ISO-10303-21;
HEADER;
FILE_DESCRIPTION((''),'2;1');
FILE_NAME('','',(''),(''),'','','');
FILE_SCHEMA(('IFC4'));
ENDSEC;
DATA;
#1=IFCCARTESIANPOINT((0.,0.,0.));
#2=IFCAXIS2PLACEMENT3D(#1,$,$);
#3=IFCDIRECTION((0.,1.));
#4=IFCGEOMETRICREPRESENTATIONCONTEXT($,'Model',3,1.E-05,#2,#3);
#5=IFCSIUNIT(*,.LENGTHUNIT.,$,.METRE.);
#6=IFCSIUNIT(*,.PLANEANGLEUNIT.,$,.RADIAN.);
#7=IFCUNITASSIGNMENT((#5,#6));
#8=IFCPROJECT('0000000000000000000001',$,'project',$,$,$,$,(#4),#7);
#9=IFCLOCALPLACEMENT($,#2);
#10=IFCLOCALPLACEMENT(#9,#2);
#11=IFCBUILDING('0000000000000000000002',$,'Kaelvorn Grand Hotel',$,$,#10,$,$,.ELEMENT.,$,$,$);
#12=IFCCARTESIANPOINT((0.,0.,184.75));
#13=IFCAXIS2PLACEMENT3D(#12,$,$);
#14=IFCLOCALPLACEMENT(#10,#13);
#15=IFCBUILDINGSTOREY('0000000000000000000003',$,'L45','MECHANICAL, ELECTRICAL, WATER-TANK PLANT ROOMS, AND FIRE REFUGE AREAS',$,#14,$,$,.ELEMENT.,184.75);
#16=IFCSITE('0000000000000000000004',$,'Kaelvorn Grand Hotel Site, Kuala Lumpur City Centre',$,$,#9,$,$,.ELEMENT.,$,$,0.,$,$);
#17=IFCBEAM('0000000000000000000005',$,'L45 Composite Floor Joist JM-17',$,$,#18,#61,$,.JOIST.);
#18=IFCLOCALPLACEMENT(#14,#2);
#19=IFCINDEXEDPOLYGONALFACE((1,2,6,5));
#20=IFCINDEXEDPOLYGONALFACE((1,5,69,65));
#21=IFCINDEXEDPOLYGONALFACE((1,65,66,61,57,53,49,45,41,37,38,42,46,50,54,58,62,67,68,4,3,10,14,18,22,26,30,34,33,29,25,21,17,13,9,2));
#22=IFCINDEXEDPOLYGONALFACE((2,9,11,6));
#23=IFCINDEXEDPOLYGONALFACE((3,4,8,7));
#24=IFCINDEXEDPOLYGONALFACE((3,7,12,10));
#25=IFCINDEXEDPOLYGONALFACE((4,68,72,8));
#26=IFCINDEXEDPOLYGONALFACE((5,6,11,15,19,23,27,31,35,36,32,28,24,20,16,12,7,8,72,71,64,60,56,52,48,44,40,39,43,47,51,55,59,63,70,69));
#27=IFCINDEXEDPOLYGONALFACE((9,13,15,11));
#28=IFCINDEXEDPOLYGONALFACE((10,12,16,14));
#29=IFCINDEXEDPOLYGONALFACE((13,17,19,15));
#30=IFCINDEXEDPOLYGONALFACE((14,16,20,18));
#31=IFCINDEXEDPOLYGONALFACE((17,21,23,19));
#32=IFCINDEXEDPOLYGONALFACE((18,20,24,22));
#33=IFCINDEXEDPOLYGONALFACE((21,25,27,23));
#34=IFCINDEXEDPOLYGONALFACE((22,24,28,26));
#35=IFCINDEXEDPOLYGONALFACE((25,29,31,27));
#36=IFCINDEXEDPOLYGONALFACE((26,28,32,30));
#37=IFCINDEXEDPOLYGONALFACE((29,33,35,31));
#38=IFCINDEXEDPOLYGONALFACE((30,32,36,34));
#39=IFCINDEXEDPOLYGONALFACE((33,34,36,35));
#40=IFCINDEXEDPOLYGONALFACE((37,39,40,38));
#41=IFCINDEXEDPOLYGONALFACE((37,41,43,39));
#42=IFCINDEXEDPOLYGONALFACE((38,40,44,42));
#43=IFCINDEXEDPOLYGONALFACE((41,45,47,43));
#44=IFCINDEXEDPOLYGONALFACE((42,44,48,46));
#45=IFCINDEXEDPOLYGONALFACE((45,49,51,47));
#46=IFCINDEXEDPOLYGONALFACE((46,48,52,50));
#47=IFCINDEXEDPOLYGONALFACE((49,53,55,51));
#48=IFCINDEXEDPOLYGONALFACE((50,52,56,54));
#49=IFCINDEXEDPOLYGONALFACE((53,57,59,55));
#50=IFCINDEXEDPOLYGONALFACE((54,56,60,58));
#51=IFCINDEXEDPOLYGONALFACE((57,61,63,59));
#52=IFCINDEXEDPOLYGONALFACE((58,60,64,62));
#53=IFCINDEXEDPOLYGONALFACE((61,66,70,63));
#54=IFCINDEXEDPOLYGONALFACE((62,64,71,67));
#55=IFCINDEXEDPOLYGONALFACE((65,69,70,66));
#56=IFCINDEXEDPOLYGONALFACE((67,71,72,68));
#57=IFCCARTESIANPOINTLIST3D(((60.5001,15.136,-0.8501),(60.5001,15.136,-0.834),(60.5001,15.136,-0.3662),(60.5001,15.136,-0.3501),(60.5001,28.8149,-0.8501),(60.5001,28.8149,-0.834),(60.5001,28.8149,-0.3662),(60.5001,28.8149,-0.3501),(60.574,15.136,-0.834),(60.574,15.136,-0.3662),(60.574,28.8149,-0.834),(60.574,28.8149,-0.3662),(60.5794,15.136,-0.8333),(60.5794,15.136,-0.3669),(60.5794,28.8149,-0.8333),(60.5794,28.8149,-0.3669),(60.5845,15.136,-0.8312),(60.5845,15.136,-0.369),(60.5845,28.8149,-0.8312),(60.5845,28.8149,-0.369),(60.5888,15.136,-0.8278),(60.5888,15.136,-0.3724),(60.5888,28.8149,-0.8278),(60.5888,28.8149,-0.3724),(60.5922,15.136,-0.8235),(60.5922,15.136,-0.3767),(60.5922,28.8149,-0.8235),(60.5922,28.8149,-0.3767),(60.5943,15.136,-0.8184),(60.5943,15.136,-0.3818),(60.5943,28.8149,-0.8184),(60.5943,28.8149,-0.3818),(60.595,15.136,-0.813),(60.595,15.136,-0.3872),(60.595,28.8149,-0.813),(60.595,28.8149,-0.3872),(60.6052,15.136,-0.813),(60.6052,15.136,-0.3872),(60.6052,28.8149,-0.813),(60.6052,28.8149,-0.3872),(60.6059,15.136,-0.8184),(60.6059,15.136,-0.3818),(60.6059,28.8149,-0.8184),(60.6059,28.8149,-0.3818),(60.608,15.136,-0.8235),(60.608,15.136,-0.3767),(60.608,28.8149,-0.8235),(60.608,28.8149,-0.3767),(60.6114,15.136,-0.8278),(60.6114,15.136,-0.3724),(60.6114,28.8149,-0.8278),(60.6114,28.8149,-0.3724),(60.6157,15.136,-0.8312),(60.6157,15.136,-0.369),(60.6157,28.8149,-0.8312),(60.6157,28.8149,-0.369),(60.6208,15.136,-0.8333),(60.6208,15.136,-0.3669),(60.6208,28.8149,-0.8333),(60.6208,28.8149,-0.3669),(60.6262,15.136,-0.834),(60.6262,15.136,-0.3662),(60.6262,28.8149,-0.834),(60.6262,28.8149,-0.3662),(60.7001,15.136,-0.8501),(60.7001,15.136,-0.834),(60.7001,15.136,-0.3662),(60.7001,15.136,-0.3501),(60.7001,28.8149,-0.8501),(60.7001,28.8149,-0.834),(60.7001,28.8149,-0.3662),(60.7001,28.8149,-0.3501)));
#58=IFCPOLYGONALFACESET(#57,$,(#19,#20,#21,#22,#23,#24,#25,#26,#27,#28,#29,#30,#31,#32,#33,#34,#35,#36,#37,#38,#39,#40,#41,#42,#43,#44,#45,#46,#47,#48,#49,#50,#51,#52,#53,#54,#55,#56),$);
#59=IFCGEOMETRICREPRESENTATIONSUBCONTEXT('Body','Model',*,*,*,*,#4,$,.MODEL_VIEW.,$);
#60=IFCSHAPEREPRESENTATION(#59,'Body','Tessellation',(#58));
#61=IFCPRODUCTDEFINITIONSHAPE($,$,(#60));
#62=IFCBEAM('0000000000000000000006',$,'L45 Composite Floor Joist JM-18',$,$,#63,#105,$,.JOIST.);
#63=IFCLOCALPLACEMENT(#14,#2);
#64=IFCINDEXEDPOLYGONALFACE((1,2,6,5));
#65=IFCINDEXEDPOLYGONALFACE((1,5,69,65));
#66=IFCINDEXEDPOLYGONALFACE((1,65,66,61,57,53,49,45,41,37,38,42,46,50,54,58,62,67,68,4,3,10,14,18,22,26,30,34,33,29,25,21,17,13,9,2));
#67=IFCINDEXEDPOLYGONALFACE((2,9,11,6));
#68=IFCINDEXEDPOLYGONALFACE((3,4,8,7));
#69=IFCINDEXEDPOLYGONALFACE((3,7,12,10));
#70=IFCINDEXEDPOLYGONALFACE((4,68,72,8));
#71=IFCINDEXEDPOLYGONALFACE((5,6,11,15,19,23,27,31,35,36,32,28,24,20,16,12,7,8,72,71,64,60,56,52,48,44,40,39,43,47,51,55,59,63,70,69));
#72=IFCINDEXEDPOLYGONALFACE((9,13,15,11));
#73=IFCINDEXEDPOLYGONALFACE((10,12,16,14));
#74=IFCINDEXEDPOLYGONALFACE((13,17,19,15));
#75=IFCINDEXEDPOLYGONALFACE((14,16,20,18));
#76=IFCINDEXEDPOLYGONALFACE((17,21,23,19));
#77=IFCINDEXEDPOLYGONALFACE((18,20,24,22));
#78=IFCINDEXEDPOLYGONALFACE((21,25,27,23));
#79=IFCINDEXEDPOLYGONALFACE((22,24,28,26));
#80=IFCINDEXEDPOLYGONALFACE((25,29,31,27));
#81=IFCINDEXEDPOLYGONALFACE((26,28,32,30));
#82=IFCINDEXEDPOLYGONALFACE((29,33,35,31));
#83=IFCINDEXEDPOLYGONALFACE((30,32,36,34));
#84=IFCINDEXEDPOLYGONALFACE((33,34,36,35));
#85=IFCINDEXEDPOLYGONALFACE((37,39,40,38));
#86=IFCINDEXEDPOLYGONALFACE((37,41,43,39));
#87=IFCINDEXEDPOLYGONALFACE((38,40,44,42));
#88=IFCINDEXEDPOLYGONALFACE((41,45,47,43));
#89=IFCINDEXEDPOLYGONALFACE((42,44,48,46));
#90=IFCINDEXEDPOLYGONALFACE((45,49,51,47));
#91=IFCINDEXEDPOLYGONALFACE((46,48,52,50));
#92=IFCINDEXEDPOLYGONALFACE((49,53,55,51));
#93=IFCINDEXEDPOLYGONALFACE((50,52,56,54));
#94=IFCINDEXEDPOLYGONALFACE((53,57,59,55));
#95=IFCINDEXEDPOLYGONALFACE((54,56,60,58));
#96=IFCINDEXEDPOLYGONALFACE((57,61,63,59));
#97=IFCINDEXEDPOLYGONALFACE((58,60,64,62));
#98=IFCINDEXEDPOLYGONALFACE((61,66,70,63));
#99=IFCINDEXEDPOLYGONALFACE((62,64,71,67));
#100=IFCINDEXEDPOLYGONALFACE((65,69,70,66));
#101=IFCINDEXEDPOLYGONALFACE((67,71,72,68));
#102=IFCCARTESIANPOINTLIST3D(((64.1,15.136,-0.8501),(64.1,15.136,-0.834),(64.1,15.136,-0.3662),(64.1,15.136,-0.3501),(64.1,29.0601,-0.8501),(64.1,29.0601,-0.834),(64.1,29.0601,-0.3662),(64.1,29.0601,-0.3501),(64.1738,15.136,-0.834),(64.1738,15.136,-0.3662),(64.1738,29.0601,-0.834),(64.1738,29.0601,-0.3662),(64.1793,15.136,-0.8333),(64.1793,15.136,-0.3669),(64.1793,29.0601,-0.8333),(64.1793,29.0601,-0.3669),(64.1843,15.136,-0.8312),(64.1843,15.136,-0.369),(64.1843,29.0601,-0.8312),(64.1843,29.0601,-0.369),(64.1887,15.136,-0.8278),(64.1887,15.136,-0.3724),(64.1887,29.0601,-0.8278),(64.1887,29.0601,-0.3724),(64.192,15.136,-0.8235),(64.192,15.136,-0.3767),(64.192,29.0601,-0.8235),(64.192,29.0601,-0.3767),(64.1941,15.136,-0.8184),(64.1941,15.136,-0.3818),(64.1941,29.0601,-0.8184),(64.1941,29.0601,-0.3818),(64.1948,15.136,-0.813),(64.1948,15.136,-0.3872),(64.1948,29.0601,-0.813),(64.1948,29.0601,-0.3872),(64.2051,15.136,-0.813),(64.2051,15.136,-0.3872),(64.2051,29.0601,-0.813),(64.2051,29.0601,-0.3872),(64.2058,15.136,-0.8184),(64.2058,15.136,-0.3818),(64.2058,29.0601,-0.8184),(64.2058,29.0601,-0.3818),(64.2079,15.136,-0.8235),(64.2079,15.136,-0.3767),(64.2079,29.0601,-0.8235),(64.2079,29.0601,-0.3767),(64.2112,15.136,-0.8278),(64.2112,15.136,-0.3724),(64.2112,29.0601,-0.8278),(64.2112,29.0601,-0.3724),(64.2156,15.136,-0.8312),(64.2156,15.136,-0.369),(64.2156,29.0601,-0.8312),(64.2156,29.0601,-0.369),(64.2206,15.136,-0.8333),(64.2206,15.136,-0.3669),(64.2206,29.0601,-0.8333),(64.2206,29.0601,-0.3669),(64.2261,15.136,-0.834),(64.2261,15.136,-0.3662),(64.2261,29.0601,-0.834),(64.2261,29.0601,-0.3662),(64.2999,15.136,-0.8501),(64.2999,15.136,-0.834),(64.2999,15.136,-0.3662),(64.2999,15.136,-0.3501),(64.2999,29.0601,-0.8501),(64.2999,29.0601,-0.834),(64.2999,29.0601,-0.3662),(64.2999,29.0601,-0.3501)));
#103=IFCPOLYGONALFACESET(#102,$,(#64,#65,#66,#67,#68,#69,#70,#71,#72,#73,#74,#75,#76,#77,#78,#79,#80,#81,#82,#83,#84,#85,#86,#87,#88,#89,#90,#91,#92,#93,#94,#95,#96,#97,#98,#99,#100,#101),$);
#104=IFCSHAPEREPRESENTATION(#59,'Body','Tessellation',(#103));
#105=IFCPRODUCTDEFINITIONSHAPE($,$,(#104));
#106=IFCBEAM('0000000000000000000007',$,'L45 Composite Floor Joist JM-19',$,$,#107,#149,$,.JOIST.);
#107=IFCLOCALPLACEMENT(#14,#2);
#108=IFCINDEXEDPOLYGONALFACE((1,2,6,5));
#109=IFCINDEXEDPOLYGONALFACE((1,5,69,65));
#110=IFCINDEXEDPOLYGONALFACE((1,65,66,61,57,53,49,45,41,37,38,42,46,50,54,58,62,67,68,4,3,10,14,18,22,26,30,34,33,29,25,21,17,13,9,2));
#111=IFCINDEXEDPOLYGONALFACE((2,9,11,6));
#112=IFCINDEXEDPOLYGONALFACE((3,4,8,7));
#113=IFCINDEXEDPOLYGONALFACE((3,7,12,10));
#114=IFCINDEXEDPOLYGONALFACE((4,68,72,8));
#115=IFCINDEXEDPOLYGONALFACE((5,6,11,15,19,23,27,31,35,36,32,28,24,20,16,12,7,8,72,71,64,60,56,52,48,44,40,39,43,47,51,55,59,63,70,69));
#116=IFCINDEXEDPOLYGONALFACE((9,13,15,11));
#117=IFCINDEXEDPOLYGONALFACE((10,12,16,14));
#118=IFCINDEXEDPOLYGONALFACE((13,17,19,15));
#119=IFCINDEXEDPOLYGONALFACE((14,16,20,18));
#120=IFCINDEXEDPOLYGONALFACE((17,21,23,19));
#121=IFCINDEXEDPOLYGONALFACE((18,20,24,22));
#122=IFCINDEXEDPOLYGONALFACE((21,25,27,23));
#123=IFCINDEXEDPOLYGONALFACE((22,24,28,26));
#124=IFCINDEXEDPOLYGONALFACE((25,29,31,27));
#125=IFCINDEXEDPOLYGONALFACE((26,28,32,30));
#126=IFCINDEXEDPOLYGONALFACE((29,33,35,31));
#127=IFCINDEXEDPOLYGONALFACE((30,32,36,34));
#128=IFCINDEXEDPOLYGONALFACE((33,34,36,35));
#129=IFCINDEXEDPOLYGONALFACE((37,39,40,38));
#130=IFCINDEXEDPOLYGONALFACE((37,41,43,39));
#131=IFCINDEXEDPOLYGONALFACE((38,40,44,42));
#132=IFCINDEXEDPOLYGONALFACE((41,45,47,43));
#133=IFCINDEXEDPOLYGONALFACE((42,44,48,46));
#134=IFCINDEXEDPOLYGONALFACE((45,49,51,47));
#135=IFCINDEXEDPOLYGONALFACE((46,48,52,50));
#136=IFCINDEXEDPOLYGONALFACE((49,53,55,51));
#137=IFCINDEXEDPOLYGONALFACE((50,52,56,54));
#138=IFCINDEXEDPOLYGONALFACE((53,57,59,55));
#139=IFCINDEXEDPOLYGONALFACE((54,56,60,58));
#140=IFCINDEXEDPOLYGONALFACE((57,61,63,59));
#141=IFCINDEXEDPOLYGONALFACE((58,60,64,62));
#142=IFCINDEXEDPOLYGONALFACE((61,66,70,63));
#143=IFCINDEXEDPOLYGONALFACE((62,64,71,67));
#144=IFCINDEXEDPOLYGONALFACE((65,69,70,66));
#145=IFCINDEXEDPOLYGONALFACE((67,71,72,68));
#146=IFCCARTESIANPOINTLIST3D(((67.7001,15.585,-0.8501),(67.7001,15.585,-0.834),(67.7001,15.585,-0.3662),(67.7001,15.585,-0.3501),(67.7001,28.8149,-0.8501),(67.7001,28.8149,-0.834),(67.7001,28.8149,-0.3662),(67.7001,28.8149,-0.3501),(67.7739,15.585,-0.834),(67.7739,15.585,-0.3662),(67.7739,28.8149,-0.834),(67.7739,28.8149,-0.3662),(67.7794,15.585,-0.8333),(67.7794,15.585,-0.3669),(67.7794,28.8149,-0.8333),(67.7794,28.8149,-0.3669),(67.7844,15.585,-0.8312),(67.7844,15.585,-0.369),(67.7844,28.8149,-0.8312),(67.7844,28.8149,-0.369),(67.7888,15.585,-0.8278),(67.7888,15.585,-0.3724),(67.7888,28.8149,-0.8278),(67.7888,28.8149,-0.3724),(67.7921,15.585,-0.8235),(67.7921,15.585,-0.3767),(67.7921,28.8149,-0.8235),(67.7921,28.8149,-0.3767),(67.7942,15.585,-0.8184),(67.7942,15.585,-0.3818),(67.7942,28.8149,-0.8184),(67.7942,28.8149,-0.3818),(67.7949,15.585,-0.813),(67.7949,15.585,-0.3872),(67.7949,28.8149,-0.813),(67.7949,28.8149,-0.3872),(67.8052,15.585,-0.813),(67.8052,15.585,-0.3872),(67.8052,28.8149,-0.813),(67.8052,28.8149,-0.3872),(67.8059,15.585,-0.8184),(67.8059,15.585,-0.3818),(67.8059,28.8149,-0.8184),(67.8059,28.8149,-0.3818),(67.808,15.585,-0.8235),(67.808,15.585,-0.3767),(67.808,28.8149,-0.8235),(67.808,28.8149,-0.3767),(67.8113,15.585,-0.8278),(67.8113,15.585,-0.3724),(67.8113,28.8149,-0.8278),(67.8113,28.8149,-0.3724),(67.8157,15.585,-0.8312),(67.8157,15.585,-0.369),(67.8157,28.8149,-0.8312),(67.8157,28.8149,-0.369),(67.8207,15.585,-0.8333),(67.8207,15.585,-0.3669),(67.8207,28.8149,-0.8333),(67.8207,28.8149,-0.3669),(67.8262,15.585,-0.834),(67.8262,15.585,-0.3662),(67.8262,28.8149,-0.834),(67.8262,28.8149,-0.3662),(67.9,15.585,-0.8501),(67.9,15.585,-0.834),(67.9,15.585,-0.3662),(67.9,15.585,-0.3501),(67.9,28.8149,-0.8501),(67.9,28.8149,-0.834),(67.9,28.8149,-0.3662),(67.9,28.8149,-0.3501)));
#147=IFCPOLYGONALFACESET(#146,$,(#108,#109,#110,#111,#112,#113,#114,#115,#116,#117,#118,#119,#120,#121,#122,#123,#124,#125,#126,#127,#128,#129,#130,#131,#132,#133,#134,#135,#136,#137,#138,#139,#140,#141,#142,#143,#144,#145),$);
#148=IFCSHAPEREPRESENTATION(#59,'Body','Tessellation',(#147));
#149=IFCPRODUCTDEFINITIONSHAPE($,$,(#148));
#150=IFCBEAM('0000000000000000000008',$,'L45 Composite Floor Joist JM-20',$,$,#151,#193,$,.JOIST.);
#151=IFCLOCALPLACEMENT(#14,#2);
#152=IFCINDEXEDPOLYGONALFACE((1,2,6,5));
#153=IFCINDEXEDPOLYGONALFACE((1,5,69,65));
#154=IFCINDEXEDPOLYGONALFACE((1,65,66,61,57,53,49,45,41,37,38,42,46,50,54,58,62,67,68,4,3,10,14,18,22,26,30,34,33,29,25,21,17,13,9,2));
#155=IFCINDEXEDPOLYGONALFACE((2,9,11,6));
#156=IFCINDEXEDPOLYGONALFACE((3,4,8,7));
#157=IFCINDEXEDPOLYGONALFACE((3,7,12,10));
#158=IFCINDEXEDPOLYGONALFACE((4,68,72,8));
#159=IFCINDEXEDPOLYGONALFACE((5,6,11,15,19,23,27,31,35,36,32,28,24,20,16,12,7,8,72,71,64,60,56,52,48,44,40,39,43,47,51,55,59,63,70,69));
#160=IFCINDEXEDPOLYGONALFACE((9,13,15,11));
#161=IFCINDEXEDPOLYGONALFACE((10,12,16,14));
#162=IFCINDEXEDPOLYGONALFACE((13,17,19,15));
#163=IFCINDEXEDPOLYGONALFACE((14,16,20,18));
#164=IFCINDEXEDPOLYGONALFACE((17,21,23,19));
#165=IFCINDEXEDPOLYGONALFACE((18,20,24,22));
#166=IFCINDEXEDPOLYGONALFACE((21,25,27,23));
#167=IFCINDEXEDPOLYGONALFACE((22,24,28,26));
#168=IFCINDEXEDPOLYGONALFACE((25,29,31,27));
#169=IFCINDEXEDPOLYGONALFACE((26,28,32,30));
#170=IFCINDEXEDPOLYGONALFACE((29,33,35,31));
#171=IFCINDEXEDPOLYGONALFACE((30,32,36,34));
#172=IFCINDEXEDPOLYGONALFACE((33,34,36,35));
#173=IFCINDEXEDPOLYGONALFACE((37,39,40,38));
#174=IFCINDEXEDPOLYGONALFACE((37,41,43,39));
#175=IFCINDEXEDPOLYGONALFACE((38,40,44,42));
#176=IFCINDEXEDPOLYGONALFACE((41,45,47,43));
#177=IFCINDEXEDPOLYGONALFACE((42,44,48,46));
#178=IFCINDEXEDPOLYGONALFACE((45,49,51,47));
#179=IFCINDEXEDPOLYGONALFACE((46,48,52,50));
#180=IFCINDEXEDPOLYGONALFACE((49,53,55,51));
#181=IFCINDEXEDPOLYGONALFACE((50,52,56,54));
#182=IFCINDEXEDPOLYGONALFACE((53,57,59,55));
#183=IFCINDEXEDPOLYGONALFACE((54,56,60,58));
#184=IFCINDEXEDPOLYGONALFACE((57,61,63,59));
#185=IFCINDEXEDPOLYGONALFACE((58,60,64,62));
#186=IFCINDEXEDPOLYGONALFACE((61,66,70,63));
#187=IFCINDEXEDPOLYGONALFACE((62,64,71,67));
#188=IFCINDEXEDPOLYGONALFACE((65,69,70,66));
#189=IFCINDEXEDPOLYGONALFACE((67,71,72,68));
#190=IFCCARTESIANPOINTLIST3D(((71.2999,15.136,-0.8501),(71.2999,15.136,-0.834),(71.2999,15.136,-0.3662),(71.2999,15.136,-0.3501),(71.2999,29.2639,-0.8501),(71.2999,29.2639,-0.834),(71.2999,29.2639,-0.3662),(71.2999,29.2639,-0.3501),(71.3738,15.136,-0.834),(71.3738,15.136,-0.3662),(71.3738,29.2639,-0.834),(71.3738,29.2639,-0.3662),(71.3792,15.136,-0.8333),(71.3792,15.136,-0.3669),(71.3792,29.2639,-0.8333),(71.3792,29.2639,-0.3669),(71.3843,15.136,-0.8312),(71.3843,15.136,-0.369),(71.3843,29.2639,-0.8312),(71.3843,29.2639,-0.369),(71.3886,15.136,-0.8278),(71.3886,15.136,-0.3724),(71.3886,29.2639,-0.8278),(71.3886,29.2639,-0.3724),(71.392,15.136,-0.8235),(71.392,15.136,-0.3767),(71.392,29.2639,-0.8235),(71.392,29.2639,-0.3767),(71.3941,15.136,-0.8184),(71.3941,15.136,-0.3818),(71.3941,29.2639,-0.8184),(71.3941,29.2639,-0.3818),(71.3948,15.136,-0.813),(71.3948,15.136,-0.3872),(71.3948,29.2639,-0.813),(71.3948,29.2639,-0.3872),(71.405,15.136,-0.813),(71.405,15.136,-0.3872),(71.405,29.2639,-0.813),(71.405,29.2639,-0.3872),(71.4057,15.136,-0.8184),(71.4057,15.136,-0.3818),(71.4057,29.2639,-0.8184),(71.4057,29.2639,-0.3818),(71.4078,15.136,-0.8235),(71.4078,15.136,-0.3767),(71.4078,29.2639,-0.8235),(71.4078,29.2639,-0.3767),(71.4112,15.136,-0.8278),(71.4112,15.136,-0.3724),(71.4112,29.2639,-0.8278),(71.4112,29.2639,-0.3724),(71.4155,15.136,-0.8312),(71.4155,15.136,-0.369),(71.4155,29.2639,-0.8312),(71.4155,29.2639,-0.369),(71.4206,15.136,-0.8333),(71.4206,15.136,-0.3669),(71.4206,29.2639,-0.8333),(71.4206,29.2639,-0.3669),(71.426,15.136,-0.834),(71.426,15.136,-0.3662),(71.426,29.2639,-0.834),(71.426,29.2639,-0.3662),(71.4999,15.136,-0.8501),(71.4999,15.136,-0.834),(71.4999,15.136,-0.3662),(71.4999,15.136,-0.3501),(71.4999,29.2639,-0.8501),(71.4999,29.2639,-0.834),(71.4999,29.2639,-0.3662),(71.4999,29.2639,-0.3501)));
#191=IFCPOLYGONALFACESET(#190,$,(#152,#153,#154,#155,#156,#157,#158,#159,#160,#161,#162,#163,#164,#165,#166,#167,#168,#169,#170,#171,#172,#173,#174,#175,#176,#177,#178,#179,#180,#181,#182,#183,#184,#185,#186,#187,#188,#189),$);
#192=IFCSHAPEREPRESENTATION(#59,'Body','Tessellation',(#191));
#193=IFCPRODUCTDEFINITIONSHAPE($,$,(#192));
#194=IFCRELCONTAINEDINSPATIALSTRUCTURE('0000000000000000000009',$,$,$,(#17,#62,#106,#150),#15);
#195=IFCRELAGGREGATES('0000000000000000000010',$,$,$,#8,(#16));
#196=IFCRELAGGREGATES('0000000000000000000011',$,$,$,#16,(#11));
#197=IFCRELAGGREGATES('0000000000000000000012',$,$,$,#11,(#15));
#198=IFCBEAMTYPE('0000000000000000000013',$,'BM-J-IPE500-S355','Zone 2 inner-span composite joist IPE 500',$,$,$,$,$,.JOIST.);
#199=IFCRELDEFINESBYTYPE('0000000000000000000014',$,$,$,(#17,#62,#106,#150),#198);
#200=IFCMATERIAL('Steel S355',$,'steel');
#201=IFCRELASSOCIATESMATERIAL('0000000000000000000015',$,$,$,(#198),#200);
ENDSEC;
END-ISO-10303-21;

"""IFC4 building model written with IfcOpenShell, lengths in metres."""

from ifc_helpers import new_model, si_unit, direction, frame, origin, origin_2d, place, context, subcontext, project, spatial, i_section, extrude, material, material_profile, profile_set, type_object, element, save


model = new_model("IFC4")

# Units and contexts
model_context = context("Model", 3, precision=1e-05, world=origin(), true_north=direction((0.0, 1.0)))
body_context = subcontext(model_context, "Body", "Model", "MODEL_VIEW")
ifc_project = project(units=[si_unit("LENGTHUNIT", "METRE"), si_unit("PLANEANGLEUNIT", "RADIAN")], contexts=[model_context])

# Site, building, storey
site_placement = place(None, origin())
site = spatial("IfcSite", under=ifc_project, at=site_placement, Name="Kaelvorn Grand Hotel Site, Kuala Lumpur City Centre", CompositionType="ELEMENT", RefElevation=0.0)
building_placement = place(site_placement, origin())
building = spatial("IfcBuilding", under=site, at=building_placement, Name="Kaelvorn Grand Hotel", CompositionType="ELEMENT")
storey_placement = place(building_placement, frame((0.0, 0.0, 184.75)))
storey = spatial("IfcBuildingStorey", under=building, at=storey_placement, Name="L45", Description="MECHANICAL, ELECTRICAL, WATER-TANK PLANT ROOMS, AND FIRE REFUGE AREAS", CompositionType="ELEMENT", Elevation=184.75)

# Beams
ifc_material_1 = material(Name="Steel S355", Category="steel")
ifc_material_profile_1 = material_profile(ifc_material_1, i_section(OverallWidth=0.2, OverallDepth=0.5, WebThickness=0.0103, FlangeThickness=0.0161, FilletRadius=0.021, at=origin_2d()), Name="IPE 500")
ifc_profile_set_1 = profile_set([ifc_material_profile_1], Name="Steel S355")
beam_type_1 = type_object("IfcBeamType", Name="BM-J-IPE500-S355", Description="Zone 2 inner-span composite joist IPE 500", PredefinedType="JOIST", material=ifc_profile_set_1)
beam_1_placement = place(storey_placement, frame((60.6001, 15.136, -0.6001), z_axis=(0.0, 1.0, 0.0), x_axis=(-1.0, 0.0, 0.0)))
element("IfcBeam", 1, at=beam_1_placement, inside=storey, type_object=beam_type_1, Name="L45 Composite Floor Joist JM-17", PredefinedType="JOIST", context=body_context, shape_type="SweptSolid", body=[
    extrude(i_section(OverallWidth=0.2, OverallDepth=0.5, WebThickness=0.0103, FlangeThickness=0.0161, FilletRadius=0.021, at=origin_2d()), origin(), (0.0, 0.0, 1.0), 13.679),
])
beam_2_placement = place(storey_placement, frame((64.2, 15.136, -0.6001), z_axis=(0.0, 1.0, 0.0), x_axis=(-1.0, 0.0, 0.0)))
element("IfcBeam", 2, at=beam_2_placement, inside=storey, type_object=beam_type_1, Name="L45 Composite Floor Joist JM-18", PredefinedType="JOIST", context=body_context, shape_type="SweptSolid", body=[
    extrude(i_section(OverallWidth=0.2, OverallDepth=0.5, WebThickness=0.0103, FlangeThickness=0.0161, FilletRadius=0.021, at=origin_2d()), origin(), (0.0, 0.0, 1.0), 13.9241),
])
beam_3_placement = place(storey_placement, frame((67.8, 15.585, -0.6001), z_axis=(0.0, 1.0, 0.0), x_axis=(-1.0, 0.0, 0.0)))
element("IfcBeam", 3, at=beam_3_placement, inside=storey, type_object=beam_type_1, Name="L45 Composite Floor Joist JM-19", PredefinedType="JOIST", context=body_context, shape_type="SweptSolid", body=[
    extrude(i_section(OverallWidth=0.2, OverallDepth=0.5, WebThickness=0.0103, FlangeThickness=0.0161, FilletRadius=0.021, at=origin_2d()), origin(), (0.0, 0.0, 1.0), 13.23),
])
beam_4_placement = place(storey_placement, frame((71.3999, 15.136, -0.6001), z_axis=(0.0, 1.0, 0.0), x_axis=(-1.0, 0.0, 0.0)))
element("IfcBeam", 4, at=beam_4_placement, inside=storey, type_object=beam_type_1, Name="L45 Composite Floor Joist JM-20", PredefinedType="JOIST", context=body_context, shape_type="SweptSolid", body=[
    extrude(i_section(OverallWidth=0.2, OverallDepth=0.5, WebThickness=0.0103, FlangeThickness=0.0161, FilletRadius=0.021, at=origin_2d()), origin(), (0.0, 0.0, 1.0), 14.1279),
])

save(model, "model.ifc")
